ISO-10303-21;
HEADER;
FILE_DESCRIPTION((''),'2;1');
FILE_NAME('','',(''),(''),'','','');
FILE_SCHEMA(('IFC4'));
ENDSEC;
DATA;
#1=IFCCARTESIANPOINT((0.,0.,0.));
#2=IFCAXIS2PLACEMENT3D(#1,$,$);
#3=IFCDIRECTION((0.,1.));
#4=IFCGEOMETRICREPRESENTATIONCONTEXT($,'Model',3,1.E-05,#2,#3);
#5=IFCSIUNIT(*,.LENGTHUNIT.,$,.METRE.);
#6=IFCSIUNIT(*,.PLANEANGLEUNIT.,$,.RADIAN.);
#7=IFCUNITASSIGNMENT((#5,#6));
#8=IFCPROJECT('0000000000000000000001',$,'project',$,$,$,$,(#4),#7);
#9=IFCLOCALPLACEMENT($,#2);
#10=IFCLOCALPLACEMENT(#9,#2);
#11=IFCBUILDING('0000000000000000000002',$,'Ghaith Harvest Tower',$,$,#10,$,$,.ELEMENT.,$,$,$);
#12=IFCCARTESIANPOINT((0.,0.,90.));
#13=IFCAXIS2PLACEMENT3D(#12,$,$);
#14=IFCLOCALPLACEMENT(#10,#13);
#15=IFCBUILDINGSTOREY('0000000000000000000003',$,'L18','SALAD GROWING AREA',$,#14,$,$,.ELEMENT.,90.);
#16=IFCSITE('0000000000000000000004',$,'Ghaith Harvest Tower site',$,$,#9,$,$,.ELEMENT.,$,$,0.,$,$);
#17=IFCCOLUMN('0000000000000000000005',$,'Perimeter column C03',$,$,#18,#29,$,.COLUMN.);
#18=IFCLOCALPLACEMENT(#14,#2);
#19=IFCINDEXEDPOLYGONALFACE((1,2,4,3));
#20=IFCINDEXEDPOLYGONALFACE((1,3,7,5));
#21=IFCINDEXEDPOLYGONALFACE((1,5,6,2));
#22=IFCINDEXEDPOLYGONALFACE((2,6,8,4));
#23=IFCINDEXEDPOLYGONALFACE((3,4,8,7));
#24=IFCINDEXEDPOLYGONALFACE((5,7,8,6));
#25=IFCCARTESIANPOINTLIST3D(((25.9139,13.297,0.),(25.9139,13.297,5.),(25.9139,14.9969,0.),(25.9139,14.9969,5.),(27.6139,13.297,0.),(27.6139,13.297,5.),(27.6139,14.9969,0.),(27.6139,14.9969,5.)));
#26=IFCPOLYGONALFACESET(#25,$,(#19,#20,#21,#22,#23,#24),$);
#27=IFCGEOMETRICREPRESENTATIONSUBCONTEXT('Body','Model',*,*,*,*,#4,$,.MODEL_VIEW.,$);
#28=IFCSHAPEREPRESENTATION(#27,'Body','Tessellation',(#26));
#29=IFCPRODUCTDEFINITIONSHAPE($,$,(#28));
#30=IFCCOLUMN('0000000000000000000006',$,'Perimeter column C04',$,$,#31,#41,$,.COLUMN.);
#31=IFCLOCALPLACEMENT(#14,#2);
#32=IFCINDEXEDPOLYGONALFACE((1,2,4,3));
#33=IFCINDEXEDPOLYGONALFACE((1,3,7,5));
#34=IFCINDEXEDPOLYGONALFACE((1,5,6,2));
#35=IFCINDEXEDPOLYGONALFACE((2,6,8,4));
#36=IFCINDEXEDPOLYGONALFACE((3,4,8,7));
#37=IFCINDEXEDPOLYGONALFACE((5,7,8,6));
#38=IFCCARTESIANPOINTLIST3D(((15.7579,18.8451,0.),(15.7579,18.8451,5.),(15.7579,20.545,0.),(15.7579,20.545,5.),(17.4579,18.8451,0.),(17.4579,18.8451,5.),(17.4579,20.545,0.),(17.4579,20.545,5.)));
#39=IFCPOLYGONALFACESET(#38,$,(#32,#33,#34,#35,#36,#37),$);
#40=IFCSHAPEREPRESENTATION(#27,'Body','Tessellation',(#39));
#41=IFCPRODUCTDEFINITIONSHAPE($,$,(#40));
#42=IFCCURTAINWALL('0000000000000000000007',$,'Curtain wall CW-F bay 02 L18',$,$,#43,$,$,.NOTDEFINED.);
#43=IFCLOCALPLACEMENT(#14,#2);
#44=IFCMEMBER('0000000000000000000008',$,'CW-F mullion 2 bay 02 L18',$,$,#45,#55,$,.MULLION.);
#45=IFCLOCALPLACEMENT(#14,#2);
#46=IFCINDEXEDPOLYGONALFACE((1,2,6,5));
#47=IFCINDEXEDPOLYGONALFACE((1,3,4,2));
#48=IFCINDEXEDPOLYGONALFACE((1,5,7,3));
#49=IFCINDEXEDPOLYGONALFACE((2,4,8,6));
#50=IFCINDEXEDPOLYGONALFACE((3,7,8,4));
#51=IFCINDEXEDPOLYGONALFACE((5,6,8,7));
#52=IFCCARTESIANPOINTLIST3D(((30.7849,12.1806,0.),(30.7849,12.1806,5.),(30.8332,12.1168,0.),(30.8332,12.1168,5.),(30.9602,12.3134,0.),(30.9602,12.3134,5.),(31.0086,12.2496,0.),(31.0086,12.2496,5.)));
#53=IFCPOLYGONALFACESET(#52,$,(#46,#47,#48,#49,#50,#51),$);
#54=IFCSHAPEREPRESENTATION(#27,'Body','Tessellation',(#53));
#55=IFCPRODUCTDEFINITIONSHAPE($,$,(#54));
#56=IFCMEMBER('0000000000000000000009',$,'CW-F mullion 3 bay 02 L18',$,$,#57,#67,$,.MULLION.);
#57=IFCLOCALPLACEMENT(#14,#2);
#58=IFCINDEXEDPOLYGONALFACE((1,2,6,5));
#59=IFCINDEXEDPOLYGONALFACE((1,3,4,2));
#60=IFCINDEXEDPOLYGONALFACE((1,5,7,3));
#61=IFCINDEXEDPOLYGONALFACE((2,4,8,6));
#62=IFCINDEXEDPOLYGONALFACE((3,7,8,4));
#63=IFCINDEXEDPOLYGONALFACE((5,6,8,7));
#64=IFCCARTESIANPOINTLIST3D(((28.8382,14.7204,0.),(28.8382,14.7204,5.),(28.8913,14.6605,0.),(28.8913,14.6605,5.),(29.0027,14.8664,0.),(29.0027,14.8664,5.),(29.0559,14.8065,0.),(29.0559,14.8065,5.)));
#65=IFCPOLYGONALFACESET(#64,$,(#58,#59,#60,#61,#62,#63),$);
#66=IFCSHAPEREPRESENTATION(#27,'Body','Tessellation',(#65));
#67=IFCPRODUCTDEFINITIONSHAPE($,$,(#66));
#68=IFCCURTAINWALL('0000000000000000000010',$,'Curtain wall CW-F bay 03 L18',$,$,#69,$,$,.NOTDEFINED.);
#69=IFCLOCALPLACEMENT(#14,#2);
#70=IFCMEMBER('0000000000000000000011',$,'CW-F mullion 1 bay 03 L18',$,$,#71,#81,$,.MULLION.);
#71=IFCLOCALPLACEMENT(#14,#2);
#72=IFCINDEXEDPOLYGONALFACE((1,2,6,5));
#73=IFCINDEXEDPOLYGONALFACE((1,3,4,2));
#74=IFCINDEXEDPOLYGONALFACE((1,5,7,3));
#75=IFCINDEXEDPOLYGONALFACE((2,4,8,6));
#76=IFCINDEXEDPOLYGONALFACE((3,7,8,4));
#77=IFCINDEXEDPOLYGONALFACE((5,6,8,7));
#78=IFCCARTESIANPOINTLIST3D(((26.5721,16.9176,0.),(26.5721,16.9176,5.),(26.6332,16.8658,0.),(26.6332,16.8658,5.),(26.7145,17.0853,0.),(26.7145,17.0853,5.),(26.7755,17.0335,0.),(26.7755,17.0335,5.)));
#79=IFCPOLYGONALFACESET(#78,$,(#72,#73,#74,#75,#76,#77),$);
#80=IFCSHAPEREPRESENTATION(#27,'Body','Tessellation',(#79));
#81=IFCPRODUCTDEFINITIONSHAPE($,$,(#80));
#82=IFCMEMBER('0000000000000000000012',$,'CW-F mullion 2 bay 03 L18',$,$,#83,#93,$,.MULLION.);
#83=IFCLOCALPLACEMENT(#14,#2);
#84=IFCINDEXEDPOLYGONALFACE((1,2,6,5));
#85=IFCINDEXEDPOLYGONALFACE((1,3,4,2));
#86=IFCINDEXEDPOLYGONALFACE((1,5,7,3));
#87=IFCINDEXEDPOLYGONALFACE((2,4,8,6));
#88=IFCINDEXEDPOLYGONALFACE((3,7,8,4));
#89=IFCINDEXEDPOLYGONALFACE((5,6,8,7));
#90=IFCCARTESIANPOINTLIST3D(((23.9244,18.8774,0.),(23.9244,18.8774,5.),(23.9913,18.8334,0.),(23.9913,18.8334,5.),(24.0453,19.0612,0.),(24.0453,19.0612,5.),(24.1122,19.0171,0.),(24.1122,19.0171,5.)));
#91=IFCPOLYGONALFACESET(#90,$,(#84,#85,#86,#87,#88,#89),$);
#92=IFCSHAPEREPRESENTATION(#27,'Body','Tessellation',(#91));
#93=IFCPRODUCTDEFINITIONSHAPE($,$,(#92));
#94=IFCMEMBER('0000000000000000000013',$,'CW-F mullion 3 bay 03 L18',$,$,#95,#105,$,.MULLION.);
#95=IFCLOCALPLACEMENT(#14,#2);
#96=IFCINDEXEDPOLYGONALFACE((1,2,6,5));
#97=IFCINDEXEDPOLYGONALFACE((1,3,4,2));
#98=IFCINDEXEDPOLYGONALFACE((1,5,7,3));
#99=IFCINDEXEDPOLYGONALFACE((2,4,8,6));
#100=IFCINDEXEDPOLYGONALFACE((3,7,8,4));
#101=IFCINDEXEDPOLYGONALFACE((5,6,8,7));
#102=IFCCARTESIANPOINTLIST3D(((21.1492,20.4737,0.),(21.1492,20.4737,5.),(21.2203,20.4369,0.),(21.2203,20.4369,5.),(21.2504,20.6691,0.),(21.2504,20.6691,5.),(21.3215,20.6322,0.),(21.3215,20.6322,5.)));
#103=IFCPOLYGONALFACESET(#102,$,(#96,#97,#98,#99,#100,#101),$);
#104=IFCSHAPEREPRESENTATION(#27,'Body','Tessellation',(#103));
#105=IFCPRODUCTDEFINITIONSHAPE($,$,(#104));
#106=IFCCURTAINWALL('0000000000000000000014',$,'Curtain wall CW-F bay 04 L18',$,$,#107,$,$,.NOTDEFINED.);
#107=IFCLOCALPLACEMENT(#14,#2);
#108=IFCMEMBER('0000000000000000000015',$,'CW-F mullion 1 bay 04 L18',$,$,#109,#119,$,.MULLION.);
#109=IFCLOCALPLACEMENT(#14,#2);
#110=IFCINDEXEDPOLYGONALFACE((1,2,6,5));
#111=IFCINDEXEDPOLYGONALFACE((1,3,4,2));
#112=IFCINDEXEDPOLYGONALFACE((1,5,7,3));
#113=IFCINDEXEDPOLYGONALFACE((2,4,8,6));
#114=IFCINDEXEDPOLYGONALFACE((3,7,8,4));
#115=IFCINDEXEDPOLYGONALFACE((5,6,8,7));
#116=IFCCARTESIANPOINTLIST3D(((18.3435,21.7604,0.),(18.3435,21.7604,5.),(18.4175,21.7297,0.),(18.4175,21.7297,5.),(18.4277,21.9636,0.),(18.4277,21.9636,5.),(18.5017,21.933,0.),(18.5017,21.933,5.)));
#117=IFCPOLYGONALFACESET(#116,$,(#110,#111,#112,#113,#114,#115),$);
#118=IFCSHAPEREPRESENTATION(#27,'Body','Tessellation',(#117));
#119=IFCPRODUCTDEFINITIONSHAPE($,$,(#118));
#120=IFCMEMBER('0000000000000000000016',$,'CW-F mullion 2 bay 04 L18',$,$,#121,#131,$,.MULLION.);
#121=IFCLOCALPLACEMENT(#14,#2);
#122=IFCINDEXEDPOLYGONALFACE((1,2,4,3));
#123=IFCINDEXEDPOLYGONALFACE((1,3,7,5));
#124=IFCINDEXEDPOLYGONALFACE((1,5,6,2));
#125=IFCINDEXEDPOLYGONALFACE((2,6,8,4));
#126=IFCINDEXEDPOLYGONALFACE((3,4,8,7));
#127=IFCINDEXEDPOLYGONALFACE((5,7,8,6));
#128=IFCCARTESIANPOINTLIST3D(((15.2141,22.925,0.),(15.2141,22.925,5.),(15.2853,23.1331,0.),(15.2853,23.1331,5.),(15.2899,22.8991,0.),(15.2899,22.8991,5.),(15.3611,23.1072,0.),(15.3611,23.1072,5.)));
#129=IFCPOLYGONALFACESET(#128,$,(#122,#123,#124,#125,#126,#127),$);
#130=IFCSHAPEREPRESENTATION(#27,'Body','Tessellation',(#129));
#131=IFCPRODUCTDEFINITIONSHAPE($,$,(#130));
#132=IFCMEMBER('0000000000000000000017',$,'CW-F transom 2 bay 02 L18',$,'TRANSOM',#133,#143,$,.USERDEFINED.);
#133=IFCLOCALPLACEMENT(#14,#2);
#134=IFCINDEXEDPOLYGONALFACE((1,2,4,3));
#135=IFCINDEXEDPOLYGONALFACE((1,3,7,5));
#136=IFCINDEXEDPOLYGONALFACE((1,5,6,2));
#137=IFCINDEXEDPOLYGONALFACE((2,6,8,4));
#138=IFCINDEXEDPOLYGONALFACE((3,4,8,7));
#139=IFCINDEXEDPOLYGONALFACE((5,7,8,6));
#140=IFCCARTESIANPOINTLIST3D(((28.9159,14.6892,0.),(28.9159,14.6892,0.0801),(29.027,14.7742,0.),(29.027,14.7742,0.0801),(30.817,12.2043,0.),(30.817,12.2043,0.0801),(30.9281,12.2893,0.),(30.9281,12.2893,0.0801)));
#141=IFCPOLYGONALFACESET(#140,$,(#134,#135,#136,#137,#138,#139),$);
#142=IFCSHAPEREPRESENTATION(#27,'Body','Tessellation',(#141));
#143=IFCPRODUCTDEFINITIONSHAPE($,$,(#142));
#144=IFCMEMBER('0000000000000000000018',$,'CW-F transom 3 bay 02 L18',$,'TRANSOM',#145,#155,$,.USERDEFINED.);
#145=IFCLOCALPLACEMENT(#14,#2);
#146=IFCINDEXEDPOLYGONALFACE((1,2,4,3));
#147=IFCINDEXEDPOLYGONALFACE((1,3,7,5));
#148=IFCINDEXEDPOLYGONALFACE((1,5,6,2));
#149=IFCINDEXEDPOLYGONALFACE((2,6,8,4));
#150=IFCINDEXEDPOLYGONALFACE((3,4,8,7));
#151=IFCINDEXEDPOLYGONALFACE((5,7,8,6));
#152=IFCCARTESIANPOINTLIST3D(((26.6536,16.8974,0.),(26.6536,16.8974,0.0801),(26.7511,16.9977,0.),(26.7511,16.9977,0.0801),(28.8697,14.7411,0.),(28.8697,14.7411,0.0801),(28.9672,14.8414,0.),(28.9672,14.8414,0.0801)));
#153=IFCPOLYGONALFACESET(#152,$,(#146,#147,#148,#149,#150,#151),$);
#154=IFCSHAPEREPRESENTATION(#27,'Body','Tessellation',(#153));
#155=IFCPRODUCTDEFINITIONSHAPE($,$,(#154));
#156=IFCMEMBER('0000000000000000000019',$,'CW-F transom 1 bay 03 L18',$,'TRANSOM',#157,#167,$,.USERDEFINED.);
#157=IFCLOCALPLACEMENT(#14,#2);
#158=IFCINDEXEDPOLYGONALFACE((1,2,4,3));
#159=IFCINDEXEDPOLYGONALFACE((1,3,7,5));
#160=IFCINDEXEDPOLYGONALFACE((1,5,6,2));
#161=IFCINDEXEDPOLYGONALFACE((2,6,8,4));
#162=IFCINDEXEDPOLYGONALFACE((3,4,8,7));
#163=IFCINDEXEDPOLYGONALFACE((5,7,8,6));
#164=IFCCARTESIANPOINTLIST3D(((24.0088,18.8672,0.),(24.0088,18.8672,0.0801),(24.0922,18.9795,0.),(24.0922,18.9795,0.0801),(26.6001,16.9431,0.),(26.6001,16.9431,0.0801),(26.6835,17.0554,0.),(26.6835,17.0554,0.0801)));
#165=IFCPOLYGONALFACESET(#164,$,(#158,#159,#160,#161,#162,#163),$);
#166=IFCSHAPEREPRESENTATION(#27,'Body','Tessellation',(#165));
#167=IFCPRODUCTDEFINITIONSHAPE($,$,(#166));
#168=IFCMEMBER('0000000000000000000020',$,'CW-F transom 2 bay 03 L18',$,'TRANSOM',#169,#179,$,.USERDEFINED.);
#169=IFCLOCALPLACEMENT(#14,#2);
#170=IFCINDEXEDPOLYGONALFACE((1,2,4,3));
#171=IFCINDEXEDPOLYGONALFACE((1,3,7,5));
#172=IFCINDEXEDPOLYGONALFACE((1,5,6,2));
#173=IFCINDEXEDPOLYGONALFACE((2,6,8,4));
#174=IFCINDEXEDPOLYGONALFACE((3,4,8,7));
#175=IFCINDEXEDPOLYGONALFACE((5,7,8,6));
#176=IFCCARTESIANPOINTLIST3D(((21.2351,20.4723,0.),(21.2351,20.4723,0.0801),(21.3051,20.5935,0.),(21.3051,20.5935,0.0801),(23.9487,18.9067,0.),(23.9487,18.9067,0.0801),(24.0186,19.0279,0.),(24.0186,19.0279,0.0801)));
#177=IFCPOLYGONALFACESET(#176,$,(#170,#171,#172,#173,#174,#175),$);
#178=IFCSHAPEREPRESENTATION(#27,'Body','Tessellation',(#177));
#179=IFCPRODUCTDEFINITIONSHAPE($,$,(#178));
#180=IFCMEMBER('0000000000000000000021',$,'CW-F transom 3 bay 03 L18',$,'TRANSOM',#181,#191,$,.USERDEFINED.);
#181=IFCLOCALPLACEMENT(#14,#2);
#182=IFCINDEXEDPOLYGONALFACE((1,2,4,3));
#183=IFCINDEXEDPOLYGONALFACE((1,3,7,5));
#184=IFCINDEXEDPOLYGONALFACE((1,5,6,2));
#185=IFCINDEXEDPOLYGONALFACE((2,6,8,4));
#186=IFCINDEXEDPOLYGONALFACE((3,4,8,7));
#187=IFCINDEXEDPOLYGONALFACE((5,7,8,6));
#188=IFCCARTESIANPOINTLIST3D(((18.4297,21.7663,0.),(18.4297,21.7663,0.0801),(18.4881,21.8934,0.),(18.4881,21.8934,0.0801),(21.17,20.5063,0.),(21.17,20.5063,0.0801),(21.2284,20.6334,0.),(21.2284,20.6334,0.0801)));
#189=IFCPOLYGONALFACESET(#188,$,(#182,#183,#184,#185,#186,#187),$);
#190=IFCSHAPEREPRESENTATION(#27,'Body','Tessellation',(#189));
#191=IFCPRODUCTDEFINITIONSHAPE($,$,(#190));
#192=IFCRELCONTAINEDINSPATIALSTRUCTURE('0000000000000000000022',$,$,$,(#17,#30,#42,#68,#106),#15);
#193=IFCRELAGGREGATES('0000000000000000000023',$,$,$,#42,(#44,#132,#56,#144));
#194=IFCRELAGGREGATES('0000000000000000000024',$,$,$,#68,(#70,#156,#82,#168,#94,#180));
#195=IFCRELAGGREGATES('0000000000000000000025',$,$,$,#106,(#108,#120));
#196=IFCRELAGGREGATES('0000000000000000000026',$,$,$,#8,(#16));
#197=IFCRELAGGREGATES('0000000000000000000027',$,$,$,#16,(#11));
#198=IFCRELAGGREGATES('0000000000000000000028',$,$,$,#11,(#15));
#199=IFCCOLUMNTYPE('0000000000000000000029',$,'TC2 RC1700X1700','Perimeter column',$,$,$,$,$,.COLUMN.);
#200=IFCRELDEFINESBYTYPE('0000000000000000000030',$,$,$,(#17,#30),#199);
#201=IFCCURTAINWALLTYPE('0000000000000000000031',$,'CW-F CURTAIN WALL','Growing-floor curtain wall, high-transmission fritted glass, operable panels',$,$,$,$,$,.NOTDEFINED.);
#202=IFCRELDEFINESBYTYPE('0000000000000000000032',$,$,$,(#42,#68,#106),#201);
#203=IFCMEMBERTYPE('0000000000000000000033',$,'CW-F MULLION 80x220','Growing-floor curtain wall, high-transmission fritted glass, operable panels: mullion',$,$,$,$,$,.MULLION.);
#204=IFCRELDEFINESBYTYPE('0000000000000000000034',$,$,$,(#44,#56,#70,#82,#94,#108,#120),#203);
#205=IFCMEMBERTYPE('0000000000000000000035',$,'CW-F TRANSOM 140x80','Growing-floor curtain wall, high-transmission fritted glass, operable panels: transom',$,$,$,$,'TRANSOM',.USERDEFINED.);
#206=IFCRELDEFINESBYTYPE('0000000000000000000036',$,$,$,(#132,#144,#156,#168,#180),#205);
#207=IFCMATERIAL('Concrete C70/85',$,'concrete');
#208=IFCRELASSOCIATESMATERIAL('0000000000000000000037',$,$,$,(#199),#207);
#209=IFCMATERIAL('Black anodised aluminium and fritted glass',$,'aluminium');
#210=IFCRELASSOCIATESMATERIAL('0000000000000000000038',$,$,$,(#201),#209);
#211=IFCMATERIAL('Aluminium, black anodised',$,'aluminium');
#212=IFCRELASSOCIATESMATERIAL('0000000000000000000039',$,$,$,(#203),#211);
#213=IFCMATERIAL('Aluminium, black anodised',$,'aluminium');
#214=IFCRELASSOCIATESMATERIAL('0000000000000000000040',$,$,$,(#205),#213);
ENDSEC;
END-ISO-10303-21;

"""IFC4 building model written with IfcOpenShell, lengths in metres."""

from ifc_helpers import new_model, si_unit, direction, frame, origin, origin_2d, place, context, subcontext, project, spatial, rectangle, extrude, material, material_profile, profile_set, type_object, element, aggregate, save


model = new_model("IFC4")

# Units and contexts
model_context = context("Model", 3, precision=1e-05, world=origin(), true_north=direction((0.0, 1.0)))
body_context = subcontext(model_context, "Body", "Model", "MODEL_VIEW")
ifc_project = project(units=[si_unit("LENGTHUNIT", "METRE"), si_unit("PLANEANGLEUNIT", "RADIAN")], contexts=[model_context])

# Site, building, storey
site_placement = place(None, origin())
site = spatial("IfcSite", under=ifc_project, at=site_placement, Name="Ghaith Harvest Tower site", CompositionType="ELEMENT", RefElevation=0.0)
building_placement = place(site_placement, origin())
building = spatial("IfcBuilding", under=site, at=building_placement, Name="Ghaith Harvest Tower", CompositionType="ELEMENT")
storey_placement = place(building_placement, frame((0.0, 0.0, 90.0)))
storey = spatial("IfcBuildingStorey", under=building, at=storey_placement, Name="L18", Description="SALAD GROWING AREA", CompositionType="ELEMENT", Elevation=90.0)

# Columns
ifc_material_1 = material(Name="Concrete C70/85", Category="concrete")
ifc_material_profile_1 = material_profile(ifc_material_1, rectangle(XDim=1.7, YDim=1.7, at=origin_2d()), Name="RC1700X1700")
ifc_profile_set_1 = profile_set([ifc_material_profile_1], Name="Concrete C70/85")
column_type = type_object("IfcColumnType", Name="TC2 RC1700X1700", Description="Perimeter column", PredefinedType="COLUMN", material=ifc_profile_set_1)
for number, where, z_axis, x_axis, name in (
    (1, (26.7639, 14.147, 0.0), (0.0, 0.0, 1.0), (1.0, 0.0, 0.0), "Perimeter column C03"),
    (2, (16.6079, 19.6951, 0.0), (0.0, 0.0, 1.0), (1.0, 0.0, 0.0), "Perimeter column C04"),
):
    element("IfcColumn", number, at=place(storey_placement, frame(where, z_axis=z_axis, x_axis=x_axis)), inside=storey, type_object=column_type, Name=name, PredefinedType="COLUMN", context=body_context, shape_type="SweptSolid", body=[
        extrude(rectangle(XDim=1.7, YDim=1.7, at=origin_2d()), origin(), (0.0, 0.0, 1.0), 5.0),
    ])

# Curtain walls, members
ifc_material_2 = material(Name="Black anodised aluminium and fritted glass", Category="aluminium")
curtain_wall_type = type_object("IfcCurtainWallType", Name="CW-F CURTAIN WALL", Description="Growing-floor curtain wall, high-transmission fritted glass, operable panels", PredefinedType="NOTDEFINED", material=ifc_material_2)
curtain_wall_1_placement = place(storey_placement, origin())
curtain_wall_1 = element("IfcCurtainWall", 3, at=curtain_wall_1_placement, inside=storey, type_object=curtain_wall_type, Name="Curtain wall CW-F bay 02 L18", PredefinedType="NOTDEFINED")
ifc_material_3 = material(Name="Aluminium, black anodised", Category="aluminium")
ifc_material_profile_2 = material_profile(ifc_material_3, rectangle(XDim=0.0801, YDim=0.22, at=origin_2d()), Name="CW-F MULLION 80x220")
ifc_profile_set_2 = profile_set([ifc_material_profile_2], Name="Aluminium, black anodised")
member_type_1 = type_object("IfcMemberType", Name="CW-F MULLION 80x220", Description="Growing-floor curtain wall, high-transmission fritted glass, operable panels: mullion", PredefinedType="MULLION", material=ifc_profile_set_2)
member_1_placement = place(storey_placement, frame((30.8967, 12.2151, 0.0), z_axis=(0.0, 0.0, 1.0), x_axis=(-0.603948, 0.797023, 0.0)))
member_1 = element("IfcMember", 4, at=member_1_placement, type_object=member_type_1, Name="CW-F mullion 2 bay 02 L18", PredefinedType="MULLION", context=body_context, shape_type="SweptSolid", body=[
    extrude(rectangle(XDim=0.0801, YDim=0.22, at=origin_2d()), origin(), (0.0, 0.0, 1.0), 5.0),
])
member_2_placement = place(storey_placement, frame((28.947, 14.7634, 0.0), z_axis=(0.0, 0.0, 1.0), x_axis=(-0.663605, 0.748083, 0.0)))
member_2 = element("IfcMember", 5, at=member_2_placement, type_object=member_type_1, Name="CW-F mullion 3 bay 02 L18", PredefinedType="MULLION", context=body_context, shape_type="SweptSolid", body=[
    extrude(rectangle(XDim=0.0801, YDim=0.22, at=origin_2d()), origin(), (0.0, 0.0, 1.0), 5.0),
])
curtain_wall_2_placement = place(storey_placement, origin())
curtain_wall_2 = element("IfcCurtainWall", 6, at=curtain_wall_2_placement, inside=storey, type_object=curtain_wall_type, Name="Curtain wall CW-F bay 03 L18", PredefinedType="NOTDEFINED")
member_3_placement = place(storey_placement, frame((26.6738, 16.9756, 0.0), z_axis=(0.0, 0.0, 1.0), x_axis=(-0.762366, 0.647146, 0.0)))
member_3 = element("IfcMember", 7, at=member_3_placement, type_object=member_type_1, Name="CW-F mullion 1 bay 03 L18", PredefinedType="MULLION", context=body_context, shape_type="SweptSolid", body=[
    extrude(rectangle(XDim=0.0801, YDim=0.22, at=origin_2d()), origin(), (0.0, 0.0, 1.0), 5.0),
])
member_4_placement = place(storey_placement, frame((24.0183, 18.9473, 0.0), z_axis=(0.0, 0.0, 1.0), x_axis=(-0.835444, 0.549576, 0.0)))
member_4 = element("IfcMember", 8, at=member_4_placement, type_object=member_type_1, Name="CW-F mullion 2 bay 03 L18", PredefinedType="MULLION", context=body_context, shape_type="SweptSolid", body=[
    extrude(rectangle(XDim=0.0801, YDim=0.22, at=origin_2d()), origin(), (0.0, 0.0, 1.0), 5.0),
])
member_5_placement = place(storey_placement, frame((21.2354, 20.553, 0.0), z_axis=(0.0, 0.0, 1.0), x_axis=(-0.887897, 0.460043, 0.0)))
member_5 = element("IfcMember", 9, at=member_5_placement, type_object=member_type_1, Name="CW-F mullion 3 bay 03 L18", PredefinedType="MULLION", context=body_context, shape_type="SweptSolid", body=[
    extrude(rectangle(XDim=0.0801, YDim=0.22, at=origin_2d()), origin(), (0.0, 0.0, 1.0), 5.0),
])
curtain_wall_3_placement = place(storey_placement, origin())
curtain_wall_3 = element("IfcCurtainWall", 10, at=curtain_wall_3_placement, inside=storey, type_object=curtain_wall_type, Name="Curtain wall CW-F bay 04 L18", PredefinedType="NOTDEFINED")
member_6_placement = place(storey_placement, frame((18.4226, 21.8467, 0.0), z_axis=(0.0, 0.0, 1.0), x_axis=(-0.92391, 0.382609, 0.0)))
member_6 = element("IfcMember", 11, at=member_6_placement, type_object=member_type_1, Name="CW-F mullion 1 bay 04 L18", PredefinedType="MULLION", context=body_context, shape_type="SweptSolid", body=[
    extrude(rectangle(XDim=0.0801, YDim=0.22, at=origin_2d()), origin(), (0.0, 0.0, 1.0), 5.0),
])
member_7_placement = place(storey_placement, frame((15.2876, 23.0161, 0.0), z_axis=(0.0, 0.0, 1.0), x_axis=(-0.946121, 0.323813, 0.0)))
member_7 = element("IfcMember", 12, at=member_7_placement, type_object=member_type_1, Name="CW-F mullion 2 bay 04 L18", PredefinedType="MULLION", context=body_context, shape_type="SweptSolid", body=[
    extrude(rectangle(XDim=0.0801, YDim=0.22, at=origin_2d()), origin(), (0.0, 0.0, 1.0), 5.0),
])

# Members
ifc_material_4 = material(Name="Aluminium, black anodised", Category="aluminium")
ifc_material_profile_3 = material_profile(ifc_material_4, rectangle(XDim=0.1399, YDim=0.0801, at=origin_2d()), Name="CW-F TRANSOM 140x80")
ifc_profile_set_3 = profile_set([ifc_material_profile_3], Name="Aluminium, black anodised")
member_type_2 = type_object("IfcMemberType", Name="CW-F TRANSOM 140x80", Description="Growing-floor curtain wall, high-transmission fritted glass, operable panels: transom", ElementType="TRANSOM", PredefinedType="USERDEFINED", material=ifc_profile_set_3)
member_8_placement = place(storey_placement, frame((30.8726, 12.2468, 0.04), z_axis=(-0.607638, 0.794214, 0.0), x_axis=(-0.794214, -0.607638, 0.0)))
member_8 = element("IfcMember", 13, at=member_8_placement, type_object=member_type_2, Name="CW-F transom 2 bay 02 L18", ObjectType="TRANSOM", PredefinedType="USERDEFINED", context=body_context, shape_type="SweptSolid", body=[
    extrude(rectangle(XDim=0.1399, YDim=0.0801, at=origin_2d()), origin(), (0.0, 0.0, 1.0), 3.1287),
])
member_9_placement = place(storey_placement, frame((28.9185, 14.7913, 0.04), z_axis=(-0.716713, 0.697368, 0.0), x_axis=(-0.697368, -0.716713, 0.0)))
member_9 = element("IfcMember", 14, at=member_9_placement, type_object=member_type_2, Name="CW-F transom 3 bay 02 L18", ObjectType="TRANSOM", PredefinedType="USERDEFINED", context=body_context, shape_type="SweptSolid", body=[
    extrude(rectangle(XDim=0.1399, YDim=0.0801, at=origin_2d()), origin(), (0.0, 0.0, 1.0), 3.092),
])
member_10_placement = place(storey_placement, frame((26.6418, 16.9993, 0.04), z_axis=(-0.802877, 0.596144, 0.0), x_axis=(-0.596144, -0.802877, 0.0)))
member_10 = element("IfcMember", 15, at=member_10_placement, type_object=member_type_2, Name="CW-F transom 1 bay 03 L18", ObjectType="TRANSOM", PredefinedType="USERDEFINED", context=body_context, shape_type="SweptSolid", body=[
    extrude(rectangle(XDim=0.1399, YDim=0.0801, at=origin_2d()), origin(), (0.0, 0.0, 1.0), 3.2275),
])
member_11_placement = place(storey_placement, frame((23.9836, 18.9673, 0.04), z_axis=(-0.866169, 0.499752, 0.0), x_axis=(-0.499752, -0.866169, 0.0)))
member_11 = element("IfcMember", 16, at=member_11_placement, type_object=member_type_2, Name="CW-F transom 2 bay 03 L18", ObjectType="TRANSOM", PredefinedType="USERDEFINED", context=body_context, shape_type="SweptSolid", body=[
    extrude(rectangle(XDim=0.1399, YDim=0.0801, at=origin_2d()), origin(), (0.0, 0.0, 1.0), 3.1328),
])
member_12_placement = place(storey_placement, frame((21.1992, 20.5698, 0.04), z_axis=(-0.908553, 0.417769, 0.0), x_axis=(-0.417769, -0.908553, 0.0)))
member_12 = element("IfcMember", 17, at=member_12_placement, type_object=member_type_2, Name="CW-F transom 3 bay 03 L18", ObjectType="TRANSOM", PredefinedType="USERDEFINED", context=body_context, shape_type="SweptSolid", body=[
    extrude(rectangle(XDim=0.1399, YDim=0.0801, at=origin_2d()), origin(), (0.0, 0.0, 1.0), 3.0161),
])

aggregate(curtain_wall_1, [member_1, member_8, member_2, member_9])
aggregate(curtain_wall_2, [member_3, member_10, member_4, member_11, member_5, member_12])
aggregate(curtain_wall_3, [member_6, member_7])

save(model, "model.ifc")
